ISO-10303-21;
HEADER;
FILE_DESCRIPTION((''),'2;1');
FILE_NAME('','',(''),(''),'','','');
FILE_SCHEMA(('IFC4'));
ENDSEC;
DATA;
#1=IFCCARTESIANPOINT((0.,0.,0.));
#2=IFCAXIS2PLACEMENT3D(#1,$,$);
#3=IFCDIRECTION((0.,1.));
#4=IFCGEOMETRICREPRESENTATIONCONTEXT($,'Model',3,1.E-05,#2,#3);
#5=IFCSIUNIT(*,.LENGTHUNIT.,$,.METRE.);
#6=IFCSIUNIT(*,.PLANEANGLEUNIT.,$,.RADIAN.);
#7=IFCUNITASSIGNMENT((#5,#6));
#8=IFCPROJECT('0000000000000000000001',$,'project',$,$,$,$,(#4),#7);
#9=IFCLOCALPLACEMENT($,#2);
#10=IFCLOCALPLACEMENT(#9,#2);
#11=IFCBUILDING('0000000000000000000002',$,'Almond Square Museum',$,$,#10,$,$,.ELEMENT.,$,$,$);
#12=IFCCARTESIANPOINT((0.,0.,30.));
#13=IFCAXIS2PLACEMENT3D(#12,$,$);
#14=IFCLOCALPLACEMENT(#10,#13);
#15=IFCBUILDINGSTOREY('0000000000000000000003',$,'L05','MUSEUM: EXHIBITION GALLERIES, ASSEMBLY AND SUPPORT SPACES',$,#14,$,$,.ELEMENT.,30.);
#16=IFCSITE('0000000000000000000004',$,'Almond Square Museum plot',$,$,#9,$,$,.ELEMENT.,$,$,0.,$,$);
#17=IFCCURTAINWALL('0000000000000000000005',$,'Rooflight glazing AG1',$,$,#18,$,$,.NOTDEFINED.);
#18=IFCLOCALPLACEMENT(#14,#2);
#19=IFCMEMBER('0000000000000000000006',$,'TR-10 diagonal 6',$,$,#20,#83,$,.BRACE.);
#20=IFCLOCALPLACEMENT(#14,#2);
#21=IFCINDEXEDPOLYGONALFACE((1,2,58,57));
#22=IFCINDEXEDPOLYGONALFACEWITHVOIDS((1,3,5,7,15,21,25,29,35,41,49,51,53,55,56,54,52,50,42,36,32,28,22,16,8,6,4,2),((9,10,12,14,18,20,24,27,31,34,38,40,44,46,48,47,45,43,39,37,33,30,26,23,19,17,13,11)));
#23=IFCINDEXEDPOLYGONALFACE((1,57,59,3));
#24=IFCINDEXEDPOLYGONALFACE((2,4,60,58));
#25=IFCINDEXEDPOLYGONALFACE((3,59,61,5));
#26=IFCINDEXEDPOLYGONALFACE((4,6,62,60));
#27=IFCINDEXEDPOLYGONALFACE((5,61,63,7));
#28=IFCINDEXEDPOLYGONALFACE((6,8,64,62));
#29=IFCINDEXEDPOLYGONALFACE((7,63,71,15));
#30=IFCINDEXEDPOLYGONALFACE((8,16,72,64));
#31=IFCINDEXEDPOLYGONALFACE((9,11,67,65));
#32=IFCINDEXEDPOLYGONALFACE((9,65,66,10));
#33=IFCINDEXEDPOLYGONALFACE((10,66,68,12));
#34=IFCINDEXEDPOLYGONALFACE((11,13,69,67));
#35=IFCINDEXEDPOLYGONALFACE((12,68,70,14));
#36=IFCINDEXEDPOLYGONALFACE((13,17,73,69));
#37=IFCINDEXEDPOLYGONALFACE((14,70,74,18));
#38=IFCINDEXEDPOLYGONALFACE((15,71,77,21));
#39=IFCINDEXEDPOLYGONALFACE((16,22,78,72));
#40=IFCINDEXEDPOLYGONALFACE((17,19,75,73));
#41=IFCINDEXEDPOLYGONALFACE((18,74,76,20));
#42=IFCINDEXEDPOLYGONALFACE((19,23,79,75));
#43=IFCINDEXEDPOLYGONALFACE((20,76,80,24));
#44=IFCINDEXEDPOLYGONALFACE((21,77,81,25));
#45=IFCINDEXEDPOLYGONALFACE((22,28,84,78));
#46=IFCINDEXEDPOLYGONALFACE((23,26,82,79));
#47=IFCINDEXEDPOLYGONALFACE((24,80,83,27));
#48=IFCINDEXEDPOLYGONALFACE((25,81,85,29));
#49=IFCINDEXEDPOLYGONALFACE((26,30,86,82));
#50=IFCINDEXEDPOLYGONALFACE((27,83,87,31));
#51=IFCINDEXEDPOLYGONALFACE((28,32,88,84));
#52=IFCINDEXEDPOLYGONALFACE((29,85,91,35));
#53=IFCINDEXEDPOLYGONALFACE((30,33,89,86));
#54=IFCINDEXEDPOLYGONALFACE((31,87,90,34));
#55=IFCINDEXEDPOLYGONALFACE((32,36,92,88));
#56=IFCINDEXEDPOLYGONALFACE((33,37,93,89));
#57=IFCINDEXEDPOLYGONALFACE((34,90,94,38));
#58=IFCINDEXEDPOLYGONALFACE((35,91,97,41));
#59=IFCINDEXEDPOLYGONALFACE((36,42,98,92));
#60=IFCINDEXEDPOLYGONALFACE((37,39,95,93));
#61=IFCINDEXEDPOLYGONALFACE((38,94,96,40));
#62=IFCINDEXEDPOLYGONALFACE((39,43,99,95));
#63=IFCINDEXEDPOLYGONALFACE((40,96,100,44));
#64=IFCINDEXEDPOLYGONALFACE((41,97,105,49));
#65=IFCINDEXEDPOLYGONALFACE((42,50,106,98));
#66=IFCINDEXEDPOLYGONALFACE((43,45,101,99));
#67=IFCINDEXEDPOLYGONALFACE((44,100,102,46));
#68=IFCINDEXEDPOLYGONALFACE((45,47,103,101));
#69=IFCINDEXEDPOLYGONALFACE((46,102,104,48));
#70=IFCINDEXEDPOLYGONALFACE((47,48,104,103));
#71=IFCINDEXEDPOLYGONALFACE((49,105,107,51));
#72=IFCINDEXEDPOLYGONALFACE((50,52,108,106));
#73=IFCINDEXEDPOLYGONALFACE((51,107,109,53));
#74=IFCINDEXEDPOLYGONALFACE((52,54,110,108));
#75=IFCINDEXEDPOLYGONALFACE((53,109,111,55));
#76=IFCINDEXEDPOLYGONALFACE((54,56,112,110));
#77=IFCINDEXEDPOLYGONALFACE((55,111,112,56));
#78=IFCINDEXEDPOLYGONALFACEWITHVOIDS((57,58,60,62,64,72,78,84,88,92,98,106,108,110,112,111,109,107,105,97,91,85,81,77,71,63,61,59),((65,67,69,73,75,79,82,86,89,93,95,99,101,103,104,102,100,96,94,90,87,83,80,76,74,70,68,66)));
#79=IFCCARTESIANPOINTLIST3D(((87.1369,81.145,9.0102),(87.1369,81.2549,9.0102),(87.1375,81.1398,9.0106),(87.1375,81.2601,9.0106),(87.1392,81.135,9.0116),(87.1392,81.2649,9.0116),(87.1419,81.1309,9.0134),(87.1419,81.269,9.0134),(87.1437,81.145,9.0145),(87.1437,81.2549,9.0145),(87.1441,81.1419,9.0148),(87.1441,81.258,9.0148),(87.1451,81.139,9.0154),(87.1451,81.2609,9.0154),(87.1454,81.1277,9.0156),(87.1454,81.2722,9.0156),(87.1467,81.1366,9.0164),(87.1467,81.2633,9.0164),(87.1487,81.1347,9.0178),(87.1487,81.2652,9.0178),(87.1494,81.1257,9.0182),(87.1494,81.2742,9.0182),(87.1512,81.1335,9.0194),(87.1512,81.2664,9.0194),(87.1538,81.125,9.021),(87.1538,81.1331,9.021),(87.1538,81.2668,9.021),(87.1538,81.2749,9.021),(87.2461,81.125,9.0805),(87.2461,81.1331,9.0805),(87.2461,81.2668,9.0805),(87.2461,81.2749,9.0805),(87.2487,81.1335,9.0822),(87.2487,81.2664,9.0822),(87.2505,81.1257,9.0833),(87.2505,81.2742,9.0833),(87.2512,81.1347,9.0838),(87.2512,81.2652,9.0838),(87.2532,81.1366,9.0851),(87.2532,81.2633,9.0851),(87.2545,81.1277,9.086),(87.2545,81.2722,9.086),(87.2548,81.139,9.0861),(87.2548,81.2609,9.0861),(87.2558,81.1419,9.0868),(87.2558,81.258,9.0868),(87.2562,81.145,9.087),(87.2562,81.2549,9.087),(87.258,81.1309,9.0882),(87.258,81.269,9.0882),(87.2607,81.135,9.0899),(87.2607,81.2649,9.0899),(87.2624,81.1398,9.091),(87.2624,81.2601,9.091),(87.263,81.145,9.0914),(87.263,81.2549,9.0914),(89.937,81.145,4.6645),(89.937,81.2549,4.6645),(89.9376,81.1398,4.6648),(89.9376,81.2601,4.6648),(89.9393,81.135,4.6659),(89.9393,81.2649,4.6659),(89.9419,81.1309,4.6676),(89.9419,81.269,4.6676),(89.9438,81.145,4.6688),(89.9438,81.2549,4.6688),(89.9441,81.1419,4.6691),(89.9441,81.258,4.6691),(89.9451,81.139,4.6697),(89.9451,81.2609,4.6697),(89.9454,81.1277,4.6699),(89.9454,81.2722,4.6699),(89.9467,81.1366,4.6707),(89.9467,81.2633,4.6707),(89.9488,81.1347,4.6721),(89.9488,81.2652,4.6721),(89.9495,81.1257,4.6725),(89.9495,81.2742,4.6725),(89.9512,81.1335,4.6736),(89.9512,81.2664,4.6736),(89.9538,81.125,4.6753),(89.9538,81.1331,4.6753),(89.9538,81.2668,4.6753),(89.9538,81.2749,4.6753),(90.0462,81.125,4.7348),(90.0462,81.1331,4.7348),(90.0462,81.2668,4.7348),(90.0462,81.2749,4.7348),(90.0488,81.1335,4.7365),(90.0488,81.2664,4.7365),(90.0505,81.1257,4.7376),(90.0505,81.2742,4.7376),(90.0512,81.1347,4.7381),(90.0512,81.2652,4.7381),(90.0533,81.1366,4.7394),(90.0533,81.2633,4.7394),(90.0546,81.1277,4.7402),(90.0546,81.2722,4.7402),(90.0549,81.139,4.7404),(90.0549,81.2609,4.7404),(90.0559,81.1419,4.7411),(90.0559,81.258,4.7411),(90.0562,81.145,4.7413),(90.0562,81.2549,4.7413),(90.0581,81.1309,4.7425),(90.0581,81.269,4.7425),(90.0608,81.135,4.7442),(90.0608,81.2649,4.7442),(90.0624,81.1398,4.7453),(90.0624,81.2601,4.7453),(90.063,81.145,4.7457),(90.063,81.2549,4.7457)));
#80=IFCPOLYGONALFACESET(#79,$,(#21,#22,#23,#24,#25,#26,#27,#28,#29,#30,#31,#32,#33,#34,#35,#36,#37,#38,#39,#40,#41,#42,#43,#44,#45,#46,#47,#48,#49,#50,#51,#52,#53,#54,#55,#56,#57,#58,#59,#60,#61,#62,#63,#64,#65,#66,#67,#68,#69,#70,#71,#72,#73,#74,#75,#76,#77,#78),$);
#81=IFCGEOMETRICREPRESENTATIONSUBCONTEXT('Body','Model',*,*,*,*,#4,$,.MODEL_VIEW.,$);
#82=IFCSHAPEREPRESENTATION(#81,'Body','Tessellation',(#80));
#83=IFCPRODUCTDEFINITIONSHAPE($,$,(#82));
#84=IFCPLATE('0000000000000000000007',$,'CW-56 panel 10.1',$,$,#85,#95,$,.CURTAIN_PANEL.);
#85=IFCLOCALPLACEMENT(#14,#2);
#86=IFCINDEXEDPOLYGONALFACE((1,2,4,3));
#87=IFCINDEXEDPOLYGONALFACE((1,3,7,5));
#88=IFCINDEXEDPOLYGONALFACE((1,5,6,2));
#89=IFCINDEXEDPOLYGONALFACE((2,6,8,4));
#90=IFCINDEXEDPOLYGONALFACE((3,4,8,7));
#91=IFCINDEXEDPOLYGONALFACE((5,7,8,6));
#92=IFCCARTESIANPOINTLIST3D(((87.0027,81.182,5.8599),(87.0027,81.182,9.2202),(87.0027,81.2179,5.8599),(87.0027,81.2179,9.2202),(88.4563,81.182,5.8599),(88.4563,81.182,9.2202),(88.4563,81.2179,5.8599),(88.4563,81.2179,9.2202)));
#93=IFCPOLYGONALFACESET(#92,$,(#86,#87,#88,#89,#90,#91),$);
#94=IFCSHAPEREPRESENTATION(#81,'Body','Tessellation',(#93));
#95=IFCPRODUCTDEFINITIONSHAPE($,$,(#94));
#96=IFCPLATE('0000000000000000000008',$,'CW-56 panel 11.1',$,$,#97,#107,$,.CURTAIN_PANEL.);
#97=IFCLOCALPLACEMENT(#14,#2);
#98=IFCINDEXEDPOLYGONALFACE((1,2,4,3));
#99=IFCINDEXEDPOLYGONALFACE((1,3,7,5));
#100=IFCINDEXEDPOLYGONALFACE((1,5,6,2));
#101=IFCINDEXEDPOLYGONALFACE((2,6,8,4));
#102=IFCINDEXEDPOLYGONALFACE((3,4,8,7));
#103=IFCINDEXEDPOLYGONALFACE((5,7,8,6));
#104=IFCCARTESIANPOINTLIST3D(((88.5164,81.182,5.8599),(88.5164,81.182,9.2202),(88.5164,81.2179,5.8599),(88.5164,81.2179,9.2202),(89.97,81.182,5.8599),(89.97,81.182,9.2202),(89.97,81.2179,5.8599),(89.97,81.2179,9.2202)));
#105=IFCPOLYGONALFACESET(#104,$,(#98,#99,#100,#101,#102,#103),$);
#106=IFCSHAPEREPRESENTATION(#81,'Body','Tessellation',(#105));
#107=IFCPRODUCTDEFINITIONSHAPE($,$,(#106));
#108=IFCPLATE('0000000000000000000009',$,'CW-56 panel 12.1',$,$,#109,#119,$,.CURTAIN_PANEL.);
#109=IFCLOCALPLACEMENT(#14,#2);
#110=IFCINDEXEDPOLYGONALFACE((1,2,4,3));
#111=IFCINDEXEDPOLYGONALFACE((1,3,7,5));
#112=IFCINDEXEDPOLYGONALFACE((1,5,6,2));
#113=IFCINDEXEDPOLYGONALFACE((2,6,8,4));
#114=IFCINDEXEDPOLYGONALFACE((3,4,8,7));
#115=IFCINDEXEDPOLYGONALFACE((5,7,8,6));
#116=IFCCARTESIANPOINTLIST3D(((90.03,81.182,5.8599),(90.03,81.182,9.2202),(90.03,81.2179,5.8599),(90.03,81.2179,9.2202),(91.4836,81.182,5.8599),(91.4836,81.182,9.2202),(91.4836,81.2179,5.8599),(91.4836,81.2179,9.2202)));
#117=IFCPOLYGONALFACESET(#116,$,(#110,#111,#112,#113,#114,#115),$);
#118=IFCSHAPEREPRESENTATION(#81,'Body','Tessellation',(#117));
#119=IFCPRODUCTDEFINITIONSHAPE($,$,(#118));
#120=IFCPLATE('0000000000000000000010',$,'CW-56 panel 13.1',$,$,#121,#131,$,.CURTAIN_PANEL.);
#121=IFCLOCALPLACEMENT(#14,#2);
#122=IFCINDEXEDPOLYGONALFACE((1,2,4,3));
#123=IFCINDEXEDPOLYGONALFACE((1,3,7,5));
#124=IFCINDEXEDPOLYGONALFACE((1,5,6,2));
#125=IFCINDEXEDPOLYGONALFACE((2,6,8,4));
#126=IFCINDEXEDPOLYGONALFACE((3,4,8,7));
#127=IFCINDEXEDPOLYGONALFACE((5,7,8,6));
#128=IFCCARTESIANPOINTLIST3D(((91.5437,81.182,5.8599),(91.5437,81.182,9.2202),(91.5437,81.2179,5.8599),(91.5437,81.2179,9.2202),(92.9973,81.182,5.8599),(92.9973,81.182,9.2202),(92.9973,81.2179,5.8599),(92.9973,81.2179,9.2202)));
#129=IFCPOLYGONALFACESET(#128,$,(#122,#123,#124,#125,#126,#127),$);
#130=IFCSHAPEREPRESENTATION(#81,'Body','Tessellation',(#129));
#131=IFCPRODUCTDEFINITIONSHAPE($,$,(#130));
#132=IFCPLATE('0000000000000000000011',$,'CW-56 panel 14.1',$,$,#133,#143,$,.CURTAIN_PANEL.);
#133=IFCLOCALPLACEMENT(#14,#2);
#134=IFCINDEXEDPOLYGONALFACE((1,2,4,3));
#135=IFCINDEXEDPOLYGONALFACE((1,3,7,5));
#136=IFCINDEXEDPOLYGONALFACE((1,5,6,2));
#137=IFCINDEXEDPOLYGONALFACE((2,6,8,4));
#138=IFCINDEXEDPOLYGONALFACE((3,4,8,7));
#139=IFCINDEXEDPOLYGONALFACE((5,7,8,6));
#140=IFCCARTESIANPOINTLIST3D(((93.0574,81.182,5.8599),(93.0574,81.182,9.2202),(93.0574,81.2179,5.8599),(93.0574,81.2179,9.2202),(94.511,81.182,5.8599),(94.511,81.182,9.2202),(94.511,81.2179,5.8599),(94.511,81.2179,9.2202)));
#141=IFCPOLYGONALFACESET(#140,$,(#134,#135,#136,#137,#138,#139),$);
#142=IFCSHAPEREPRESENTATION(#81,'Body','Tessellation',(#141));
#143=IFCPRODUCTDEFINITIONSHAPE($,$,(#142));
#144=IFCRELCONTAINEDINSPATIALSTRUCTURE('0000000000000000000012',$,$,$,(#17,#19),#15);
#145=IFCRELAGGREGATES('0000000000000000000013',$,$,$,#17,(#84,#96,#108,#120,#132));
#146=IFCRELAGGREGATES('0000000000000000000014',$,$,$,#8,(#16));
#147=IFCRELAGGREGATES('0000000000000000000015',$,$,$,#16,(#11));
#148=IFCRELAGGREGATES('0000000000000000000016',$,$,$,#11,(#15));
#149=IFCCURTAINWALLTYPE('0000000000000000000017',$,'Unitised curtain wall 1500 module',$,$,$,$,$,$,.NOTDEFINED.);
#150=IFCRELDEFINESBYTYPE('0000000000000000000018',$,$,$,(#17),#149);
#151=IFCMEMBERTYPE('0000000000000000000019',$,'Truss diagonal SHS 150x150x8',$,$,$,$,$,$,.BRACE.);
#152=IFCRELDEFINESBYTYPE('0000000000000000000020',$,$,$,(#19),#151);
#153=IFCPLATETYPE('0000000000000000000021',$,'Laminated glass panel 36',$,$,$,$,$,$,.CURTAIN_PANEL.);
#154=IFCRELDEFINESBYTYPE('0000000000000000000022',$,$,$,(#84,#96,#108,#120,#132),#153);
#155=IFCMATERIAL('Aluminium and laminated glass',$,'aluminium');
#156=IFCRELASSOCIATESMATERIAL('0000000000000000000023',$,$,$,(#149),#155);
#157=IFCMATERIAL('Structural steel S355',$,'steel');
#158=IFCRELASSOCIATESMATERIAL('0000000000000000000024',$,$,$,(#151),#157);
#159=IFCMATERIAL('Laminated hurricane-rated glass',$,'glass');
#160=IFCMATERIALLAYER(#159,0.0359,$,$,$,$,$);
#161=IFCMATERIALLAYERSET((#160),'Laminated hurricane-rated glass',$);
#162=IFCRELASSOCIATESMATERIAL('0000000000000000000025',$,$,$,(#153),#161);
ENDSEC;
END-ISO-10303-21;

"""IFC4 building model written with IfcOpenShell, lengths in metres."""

from ifc_helpers import new_model, si_unit, direction, frame, origin, origin_2d, place, context, subcontext, project, spatial, rectangle, hollow_rectangle, extrude, material, layer, layer_set, material_profile, profile_set, type_object, element, aggregate, save


model = new_model("IFC4")

# Units and contexts
model_context = context("Model", 3, precision=1e-05, world=origin(), true_north=direction((0.0, 1.0)))
body_context = subcontext(model_context, "Body", "Model", "MODEL_VIEW")
ifc_project = project(units=[si_unit("LENGTHUNIT", "METRE"), si_unit("PLANEANGLEUNIT", "RADIAN")], contexts=[model_context])

# Site, building, storey
site_placement = place(None, origin())
site = spatial("IfcSite", under=ifc_project, at=site_placement, Name="Almond Square Museum plot", CompositionType="ELEMENT", RefElevation=0.0)
building_placement = place(site_placement, origin())
building = spatial("IfcBuilding", under=site, at=building_placement, Name="Almond Square Museum", CompositionType="ELEMENT")
storey_placement = place(building_placement, frame((0.0, 0.0, 30.0)))
storey = spatial("IfcBuildingStorey", under=building, at=storey_placement, Name="L05", Description="MUSEUM: EXHIBITION GALLERIES, ASSEMBLY AND SUPPORT SPACES", CompositionType="ELEMENT", Elevation=30.0)

# Curtain wall
ifc_material_1 = material(Name="Aluminium and laminated glass", Category="aluminium")
curtain_wall_type = type_object("IfcCurtainWallType", Name="Unitised curtain wall 1500 module", PredefinedType="NOTDEFINED", material=ifc_material_1)
curtain_wall_placement = place(storey_placement, origin())
curtain_wall = element("IfcCurtainWall", 1, at=curtain_wall_placement, inside=storey, type_object=curtain_wall_type, Name="Rooflight glazing AG1", PredefinedType="NOTDEFINED")

# Member
ifc_material_2 = material(Name="Structural steel S355", Category="steel")
ifc_material_profile_1 = material_profile(ifc_material_2, hollow_rectangle(XDim=0.1499, YDim=0.1499, WallThickness=0.0081, InnerFilletRadius=0.012, OuterFilletRadius=0.02, at=origin_2d()))
ifc_profile_set_1 = profile_set([ifc_material_profile_1], Name="Structural steel S355")
member_type_1 = type_object("IfcMemberType", Name="Truss diagonal SHS 150x150x8", PredefinedType="BRACE", material=ifc_profile_set_1)
member_1_placement = place(storey_placement, frame((87.2, 81.2, 9.0508), z_axis=(0.541631, 0.0, -0.840616), x_axis=(0.0, 1.0, 0.0)))
element("IfcMember", 2, at=member_1_placement, inside=storey, type_object=member_type_1, Name="TR-10 diagonal 6", PredefinedType="BRACE", context=body_context, shape_type="SweptSolid", body=[
    extrude(hollow_rectangle(XDim=0.1499, YDim=0.1499, WallThickness=0.0081, InnerFilletRadius=0.012, OuterFilletRadius=0.02, at=origin_2d()), origin(), (0.0, 0.0, 1.0), 5.1697),
])

# Plates
ifc_material_3 = material(Name="Laminated hurricane-rated glass", Category="glass")
ifc_layer = layer(ifc_material_3, 0.0359)
ifc_layer_set = layer_set([ifc_layer], Name="Laminated hurricane-rated glass")
plate_type = type_object("IfcPlateType", Name="Laminated glass panel 36", PredefinedType="CURTAIN_PANEL", material=ifc_layer_set)
plate_1_placement = place(storey_placement, frame((87.7295, 81.2, 5.8599), z_axis=(0.0, 0.0, 1.0), x_axis=(1.0, 0.0, 0.0)))
plate_1 = element("IfcPlate", 3, at=plate_1_placement, type_object=plate_type, Name="CW-56 panel 10.1", PredefinedType="CURTAIN_PANEL", context=body_context, shape_type="SweptSolid", body=[
    extrude(rectangle(XDim=1.4536, YDim=0.0359, at=origin_2d()), origin(), (0.0, 0.0, 1.0), 3.3604),
])
plate_2_placement = place(storey_placement, frame((89.2432, 81.2, 5.8599), z_axis=(0.0, 0.0, 1.0), x_axis=(1.0, 0.0, 0.0)))
plate_2 = element("IfcPlate", 4, at=plate_2_placement, type_object=plate_type, Name="CW-56 panel 11.1", PredefinedType="CURTAIN_PANEL", context=body_context, shape_type="SweptSolid", body=[
    extrude(rectangle(XDim=1.4536, YDim=0.0359, at=origin_2d()), origin(), (0.0, 0.0, 1.0), 3.3604),
])
plate_3_placement = place(storey_placement, frame((90.7568, 81.2, 5.8599), z_axis=(0.0, 0.0, 1.0), x_axis=(1.0, 0.0, 0.0)))
plate_3 = element("IfcPlate", 5, at=plate_3_placement, type_object=plate_type, Name="CW-56 panel 12.1", PredefinedType="CURTAIN_PANEL", context=body_context, shape_type="SweptSolid", body=[
    extrude(rectangle(XDim=1.4536, YDim=0.0359, at=origin_2d()), origin(), (0.0, 0.0, 1.0), 3.3604),
])
plate_4_placement = place(storey_placement, frame((92.2705, 81.2, 5.8599), z_axis=(0.0, 0.0, 1.0), x_axis=(1.0, 0.0, 0.0)))
plate_4 = element("IfcPlate", 6, at=plate_4_placement, type_object=plate_type, Name="CW-56 panel 13.1", PredefinedType="CURTAIN_PANEL", context=body_context, shape_type="SweptSolid", body=[
    extrude(rectangle(XDim=1.4536, YDim=0.0359, at=origin_2d()), origin(), (0.0, 0.0, 1.0), 3.3604),
])
plate_5_placement = place(storey_placement, frame((93.7842, 81.2, 5.8599), z_axis=(0.0, 0.0, 1.0), x_axis=(1.0, 0.0, 0.0)))
plate_5 = element("IfcPlate", 7, at=plate_5_placement, type_object=plate_type, Name="CW-56 panel 14.1", PredefinedType="CURTAIN_PANEL", context=body_context, shape_type="SweptSolid", body=[
    extrude(rectangle(XDim=1.4536, YDim=0.0359, at=origin_2d()), origin(), (0.0, 0.0, 1.0), 3.3604),
])
aggregate(curtain_wall, [plate_1, plate_2, plate_3, plate_4, plate_5])

save(model, "model.ifc")
